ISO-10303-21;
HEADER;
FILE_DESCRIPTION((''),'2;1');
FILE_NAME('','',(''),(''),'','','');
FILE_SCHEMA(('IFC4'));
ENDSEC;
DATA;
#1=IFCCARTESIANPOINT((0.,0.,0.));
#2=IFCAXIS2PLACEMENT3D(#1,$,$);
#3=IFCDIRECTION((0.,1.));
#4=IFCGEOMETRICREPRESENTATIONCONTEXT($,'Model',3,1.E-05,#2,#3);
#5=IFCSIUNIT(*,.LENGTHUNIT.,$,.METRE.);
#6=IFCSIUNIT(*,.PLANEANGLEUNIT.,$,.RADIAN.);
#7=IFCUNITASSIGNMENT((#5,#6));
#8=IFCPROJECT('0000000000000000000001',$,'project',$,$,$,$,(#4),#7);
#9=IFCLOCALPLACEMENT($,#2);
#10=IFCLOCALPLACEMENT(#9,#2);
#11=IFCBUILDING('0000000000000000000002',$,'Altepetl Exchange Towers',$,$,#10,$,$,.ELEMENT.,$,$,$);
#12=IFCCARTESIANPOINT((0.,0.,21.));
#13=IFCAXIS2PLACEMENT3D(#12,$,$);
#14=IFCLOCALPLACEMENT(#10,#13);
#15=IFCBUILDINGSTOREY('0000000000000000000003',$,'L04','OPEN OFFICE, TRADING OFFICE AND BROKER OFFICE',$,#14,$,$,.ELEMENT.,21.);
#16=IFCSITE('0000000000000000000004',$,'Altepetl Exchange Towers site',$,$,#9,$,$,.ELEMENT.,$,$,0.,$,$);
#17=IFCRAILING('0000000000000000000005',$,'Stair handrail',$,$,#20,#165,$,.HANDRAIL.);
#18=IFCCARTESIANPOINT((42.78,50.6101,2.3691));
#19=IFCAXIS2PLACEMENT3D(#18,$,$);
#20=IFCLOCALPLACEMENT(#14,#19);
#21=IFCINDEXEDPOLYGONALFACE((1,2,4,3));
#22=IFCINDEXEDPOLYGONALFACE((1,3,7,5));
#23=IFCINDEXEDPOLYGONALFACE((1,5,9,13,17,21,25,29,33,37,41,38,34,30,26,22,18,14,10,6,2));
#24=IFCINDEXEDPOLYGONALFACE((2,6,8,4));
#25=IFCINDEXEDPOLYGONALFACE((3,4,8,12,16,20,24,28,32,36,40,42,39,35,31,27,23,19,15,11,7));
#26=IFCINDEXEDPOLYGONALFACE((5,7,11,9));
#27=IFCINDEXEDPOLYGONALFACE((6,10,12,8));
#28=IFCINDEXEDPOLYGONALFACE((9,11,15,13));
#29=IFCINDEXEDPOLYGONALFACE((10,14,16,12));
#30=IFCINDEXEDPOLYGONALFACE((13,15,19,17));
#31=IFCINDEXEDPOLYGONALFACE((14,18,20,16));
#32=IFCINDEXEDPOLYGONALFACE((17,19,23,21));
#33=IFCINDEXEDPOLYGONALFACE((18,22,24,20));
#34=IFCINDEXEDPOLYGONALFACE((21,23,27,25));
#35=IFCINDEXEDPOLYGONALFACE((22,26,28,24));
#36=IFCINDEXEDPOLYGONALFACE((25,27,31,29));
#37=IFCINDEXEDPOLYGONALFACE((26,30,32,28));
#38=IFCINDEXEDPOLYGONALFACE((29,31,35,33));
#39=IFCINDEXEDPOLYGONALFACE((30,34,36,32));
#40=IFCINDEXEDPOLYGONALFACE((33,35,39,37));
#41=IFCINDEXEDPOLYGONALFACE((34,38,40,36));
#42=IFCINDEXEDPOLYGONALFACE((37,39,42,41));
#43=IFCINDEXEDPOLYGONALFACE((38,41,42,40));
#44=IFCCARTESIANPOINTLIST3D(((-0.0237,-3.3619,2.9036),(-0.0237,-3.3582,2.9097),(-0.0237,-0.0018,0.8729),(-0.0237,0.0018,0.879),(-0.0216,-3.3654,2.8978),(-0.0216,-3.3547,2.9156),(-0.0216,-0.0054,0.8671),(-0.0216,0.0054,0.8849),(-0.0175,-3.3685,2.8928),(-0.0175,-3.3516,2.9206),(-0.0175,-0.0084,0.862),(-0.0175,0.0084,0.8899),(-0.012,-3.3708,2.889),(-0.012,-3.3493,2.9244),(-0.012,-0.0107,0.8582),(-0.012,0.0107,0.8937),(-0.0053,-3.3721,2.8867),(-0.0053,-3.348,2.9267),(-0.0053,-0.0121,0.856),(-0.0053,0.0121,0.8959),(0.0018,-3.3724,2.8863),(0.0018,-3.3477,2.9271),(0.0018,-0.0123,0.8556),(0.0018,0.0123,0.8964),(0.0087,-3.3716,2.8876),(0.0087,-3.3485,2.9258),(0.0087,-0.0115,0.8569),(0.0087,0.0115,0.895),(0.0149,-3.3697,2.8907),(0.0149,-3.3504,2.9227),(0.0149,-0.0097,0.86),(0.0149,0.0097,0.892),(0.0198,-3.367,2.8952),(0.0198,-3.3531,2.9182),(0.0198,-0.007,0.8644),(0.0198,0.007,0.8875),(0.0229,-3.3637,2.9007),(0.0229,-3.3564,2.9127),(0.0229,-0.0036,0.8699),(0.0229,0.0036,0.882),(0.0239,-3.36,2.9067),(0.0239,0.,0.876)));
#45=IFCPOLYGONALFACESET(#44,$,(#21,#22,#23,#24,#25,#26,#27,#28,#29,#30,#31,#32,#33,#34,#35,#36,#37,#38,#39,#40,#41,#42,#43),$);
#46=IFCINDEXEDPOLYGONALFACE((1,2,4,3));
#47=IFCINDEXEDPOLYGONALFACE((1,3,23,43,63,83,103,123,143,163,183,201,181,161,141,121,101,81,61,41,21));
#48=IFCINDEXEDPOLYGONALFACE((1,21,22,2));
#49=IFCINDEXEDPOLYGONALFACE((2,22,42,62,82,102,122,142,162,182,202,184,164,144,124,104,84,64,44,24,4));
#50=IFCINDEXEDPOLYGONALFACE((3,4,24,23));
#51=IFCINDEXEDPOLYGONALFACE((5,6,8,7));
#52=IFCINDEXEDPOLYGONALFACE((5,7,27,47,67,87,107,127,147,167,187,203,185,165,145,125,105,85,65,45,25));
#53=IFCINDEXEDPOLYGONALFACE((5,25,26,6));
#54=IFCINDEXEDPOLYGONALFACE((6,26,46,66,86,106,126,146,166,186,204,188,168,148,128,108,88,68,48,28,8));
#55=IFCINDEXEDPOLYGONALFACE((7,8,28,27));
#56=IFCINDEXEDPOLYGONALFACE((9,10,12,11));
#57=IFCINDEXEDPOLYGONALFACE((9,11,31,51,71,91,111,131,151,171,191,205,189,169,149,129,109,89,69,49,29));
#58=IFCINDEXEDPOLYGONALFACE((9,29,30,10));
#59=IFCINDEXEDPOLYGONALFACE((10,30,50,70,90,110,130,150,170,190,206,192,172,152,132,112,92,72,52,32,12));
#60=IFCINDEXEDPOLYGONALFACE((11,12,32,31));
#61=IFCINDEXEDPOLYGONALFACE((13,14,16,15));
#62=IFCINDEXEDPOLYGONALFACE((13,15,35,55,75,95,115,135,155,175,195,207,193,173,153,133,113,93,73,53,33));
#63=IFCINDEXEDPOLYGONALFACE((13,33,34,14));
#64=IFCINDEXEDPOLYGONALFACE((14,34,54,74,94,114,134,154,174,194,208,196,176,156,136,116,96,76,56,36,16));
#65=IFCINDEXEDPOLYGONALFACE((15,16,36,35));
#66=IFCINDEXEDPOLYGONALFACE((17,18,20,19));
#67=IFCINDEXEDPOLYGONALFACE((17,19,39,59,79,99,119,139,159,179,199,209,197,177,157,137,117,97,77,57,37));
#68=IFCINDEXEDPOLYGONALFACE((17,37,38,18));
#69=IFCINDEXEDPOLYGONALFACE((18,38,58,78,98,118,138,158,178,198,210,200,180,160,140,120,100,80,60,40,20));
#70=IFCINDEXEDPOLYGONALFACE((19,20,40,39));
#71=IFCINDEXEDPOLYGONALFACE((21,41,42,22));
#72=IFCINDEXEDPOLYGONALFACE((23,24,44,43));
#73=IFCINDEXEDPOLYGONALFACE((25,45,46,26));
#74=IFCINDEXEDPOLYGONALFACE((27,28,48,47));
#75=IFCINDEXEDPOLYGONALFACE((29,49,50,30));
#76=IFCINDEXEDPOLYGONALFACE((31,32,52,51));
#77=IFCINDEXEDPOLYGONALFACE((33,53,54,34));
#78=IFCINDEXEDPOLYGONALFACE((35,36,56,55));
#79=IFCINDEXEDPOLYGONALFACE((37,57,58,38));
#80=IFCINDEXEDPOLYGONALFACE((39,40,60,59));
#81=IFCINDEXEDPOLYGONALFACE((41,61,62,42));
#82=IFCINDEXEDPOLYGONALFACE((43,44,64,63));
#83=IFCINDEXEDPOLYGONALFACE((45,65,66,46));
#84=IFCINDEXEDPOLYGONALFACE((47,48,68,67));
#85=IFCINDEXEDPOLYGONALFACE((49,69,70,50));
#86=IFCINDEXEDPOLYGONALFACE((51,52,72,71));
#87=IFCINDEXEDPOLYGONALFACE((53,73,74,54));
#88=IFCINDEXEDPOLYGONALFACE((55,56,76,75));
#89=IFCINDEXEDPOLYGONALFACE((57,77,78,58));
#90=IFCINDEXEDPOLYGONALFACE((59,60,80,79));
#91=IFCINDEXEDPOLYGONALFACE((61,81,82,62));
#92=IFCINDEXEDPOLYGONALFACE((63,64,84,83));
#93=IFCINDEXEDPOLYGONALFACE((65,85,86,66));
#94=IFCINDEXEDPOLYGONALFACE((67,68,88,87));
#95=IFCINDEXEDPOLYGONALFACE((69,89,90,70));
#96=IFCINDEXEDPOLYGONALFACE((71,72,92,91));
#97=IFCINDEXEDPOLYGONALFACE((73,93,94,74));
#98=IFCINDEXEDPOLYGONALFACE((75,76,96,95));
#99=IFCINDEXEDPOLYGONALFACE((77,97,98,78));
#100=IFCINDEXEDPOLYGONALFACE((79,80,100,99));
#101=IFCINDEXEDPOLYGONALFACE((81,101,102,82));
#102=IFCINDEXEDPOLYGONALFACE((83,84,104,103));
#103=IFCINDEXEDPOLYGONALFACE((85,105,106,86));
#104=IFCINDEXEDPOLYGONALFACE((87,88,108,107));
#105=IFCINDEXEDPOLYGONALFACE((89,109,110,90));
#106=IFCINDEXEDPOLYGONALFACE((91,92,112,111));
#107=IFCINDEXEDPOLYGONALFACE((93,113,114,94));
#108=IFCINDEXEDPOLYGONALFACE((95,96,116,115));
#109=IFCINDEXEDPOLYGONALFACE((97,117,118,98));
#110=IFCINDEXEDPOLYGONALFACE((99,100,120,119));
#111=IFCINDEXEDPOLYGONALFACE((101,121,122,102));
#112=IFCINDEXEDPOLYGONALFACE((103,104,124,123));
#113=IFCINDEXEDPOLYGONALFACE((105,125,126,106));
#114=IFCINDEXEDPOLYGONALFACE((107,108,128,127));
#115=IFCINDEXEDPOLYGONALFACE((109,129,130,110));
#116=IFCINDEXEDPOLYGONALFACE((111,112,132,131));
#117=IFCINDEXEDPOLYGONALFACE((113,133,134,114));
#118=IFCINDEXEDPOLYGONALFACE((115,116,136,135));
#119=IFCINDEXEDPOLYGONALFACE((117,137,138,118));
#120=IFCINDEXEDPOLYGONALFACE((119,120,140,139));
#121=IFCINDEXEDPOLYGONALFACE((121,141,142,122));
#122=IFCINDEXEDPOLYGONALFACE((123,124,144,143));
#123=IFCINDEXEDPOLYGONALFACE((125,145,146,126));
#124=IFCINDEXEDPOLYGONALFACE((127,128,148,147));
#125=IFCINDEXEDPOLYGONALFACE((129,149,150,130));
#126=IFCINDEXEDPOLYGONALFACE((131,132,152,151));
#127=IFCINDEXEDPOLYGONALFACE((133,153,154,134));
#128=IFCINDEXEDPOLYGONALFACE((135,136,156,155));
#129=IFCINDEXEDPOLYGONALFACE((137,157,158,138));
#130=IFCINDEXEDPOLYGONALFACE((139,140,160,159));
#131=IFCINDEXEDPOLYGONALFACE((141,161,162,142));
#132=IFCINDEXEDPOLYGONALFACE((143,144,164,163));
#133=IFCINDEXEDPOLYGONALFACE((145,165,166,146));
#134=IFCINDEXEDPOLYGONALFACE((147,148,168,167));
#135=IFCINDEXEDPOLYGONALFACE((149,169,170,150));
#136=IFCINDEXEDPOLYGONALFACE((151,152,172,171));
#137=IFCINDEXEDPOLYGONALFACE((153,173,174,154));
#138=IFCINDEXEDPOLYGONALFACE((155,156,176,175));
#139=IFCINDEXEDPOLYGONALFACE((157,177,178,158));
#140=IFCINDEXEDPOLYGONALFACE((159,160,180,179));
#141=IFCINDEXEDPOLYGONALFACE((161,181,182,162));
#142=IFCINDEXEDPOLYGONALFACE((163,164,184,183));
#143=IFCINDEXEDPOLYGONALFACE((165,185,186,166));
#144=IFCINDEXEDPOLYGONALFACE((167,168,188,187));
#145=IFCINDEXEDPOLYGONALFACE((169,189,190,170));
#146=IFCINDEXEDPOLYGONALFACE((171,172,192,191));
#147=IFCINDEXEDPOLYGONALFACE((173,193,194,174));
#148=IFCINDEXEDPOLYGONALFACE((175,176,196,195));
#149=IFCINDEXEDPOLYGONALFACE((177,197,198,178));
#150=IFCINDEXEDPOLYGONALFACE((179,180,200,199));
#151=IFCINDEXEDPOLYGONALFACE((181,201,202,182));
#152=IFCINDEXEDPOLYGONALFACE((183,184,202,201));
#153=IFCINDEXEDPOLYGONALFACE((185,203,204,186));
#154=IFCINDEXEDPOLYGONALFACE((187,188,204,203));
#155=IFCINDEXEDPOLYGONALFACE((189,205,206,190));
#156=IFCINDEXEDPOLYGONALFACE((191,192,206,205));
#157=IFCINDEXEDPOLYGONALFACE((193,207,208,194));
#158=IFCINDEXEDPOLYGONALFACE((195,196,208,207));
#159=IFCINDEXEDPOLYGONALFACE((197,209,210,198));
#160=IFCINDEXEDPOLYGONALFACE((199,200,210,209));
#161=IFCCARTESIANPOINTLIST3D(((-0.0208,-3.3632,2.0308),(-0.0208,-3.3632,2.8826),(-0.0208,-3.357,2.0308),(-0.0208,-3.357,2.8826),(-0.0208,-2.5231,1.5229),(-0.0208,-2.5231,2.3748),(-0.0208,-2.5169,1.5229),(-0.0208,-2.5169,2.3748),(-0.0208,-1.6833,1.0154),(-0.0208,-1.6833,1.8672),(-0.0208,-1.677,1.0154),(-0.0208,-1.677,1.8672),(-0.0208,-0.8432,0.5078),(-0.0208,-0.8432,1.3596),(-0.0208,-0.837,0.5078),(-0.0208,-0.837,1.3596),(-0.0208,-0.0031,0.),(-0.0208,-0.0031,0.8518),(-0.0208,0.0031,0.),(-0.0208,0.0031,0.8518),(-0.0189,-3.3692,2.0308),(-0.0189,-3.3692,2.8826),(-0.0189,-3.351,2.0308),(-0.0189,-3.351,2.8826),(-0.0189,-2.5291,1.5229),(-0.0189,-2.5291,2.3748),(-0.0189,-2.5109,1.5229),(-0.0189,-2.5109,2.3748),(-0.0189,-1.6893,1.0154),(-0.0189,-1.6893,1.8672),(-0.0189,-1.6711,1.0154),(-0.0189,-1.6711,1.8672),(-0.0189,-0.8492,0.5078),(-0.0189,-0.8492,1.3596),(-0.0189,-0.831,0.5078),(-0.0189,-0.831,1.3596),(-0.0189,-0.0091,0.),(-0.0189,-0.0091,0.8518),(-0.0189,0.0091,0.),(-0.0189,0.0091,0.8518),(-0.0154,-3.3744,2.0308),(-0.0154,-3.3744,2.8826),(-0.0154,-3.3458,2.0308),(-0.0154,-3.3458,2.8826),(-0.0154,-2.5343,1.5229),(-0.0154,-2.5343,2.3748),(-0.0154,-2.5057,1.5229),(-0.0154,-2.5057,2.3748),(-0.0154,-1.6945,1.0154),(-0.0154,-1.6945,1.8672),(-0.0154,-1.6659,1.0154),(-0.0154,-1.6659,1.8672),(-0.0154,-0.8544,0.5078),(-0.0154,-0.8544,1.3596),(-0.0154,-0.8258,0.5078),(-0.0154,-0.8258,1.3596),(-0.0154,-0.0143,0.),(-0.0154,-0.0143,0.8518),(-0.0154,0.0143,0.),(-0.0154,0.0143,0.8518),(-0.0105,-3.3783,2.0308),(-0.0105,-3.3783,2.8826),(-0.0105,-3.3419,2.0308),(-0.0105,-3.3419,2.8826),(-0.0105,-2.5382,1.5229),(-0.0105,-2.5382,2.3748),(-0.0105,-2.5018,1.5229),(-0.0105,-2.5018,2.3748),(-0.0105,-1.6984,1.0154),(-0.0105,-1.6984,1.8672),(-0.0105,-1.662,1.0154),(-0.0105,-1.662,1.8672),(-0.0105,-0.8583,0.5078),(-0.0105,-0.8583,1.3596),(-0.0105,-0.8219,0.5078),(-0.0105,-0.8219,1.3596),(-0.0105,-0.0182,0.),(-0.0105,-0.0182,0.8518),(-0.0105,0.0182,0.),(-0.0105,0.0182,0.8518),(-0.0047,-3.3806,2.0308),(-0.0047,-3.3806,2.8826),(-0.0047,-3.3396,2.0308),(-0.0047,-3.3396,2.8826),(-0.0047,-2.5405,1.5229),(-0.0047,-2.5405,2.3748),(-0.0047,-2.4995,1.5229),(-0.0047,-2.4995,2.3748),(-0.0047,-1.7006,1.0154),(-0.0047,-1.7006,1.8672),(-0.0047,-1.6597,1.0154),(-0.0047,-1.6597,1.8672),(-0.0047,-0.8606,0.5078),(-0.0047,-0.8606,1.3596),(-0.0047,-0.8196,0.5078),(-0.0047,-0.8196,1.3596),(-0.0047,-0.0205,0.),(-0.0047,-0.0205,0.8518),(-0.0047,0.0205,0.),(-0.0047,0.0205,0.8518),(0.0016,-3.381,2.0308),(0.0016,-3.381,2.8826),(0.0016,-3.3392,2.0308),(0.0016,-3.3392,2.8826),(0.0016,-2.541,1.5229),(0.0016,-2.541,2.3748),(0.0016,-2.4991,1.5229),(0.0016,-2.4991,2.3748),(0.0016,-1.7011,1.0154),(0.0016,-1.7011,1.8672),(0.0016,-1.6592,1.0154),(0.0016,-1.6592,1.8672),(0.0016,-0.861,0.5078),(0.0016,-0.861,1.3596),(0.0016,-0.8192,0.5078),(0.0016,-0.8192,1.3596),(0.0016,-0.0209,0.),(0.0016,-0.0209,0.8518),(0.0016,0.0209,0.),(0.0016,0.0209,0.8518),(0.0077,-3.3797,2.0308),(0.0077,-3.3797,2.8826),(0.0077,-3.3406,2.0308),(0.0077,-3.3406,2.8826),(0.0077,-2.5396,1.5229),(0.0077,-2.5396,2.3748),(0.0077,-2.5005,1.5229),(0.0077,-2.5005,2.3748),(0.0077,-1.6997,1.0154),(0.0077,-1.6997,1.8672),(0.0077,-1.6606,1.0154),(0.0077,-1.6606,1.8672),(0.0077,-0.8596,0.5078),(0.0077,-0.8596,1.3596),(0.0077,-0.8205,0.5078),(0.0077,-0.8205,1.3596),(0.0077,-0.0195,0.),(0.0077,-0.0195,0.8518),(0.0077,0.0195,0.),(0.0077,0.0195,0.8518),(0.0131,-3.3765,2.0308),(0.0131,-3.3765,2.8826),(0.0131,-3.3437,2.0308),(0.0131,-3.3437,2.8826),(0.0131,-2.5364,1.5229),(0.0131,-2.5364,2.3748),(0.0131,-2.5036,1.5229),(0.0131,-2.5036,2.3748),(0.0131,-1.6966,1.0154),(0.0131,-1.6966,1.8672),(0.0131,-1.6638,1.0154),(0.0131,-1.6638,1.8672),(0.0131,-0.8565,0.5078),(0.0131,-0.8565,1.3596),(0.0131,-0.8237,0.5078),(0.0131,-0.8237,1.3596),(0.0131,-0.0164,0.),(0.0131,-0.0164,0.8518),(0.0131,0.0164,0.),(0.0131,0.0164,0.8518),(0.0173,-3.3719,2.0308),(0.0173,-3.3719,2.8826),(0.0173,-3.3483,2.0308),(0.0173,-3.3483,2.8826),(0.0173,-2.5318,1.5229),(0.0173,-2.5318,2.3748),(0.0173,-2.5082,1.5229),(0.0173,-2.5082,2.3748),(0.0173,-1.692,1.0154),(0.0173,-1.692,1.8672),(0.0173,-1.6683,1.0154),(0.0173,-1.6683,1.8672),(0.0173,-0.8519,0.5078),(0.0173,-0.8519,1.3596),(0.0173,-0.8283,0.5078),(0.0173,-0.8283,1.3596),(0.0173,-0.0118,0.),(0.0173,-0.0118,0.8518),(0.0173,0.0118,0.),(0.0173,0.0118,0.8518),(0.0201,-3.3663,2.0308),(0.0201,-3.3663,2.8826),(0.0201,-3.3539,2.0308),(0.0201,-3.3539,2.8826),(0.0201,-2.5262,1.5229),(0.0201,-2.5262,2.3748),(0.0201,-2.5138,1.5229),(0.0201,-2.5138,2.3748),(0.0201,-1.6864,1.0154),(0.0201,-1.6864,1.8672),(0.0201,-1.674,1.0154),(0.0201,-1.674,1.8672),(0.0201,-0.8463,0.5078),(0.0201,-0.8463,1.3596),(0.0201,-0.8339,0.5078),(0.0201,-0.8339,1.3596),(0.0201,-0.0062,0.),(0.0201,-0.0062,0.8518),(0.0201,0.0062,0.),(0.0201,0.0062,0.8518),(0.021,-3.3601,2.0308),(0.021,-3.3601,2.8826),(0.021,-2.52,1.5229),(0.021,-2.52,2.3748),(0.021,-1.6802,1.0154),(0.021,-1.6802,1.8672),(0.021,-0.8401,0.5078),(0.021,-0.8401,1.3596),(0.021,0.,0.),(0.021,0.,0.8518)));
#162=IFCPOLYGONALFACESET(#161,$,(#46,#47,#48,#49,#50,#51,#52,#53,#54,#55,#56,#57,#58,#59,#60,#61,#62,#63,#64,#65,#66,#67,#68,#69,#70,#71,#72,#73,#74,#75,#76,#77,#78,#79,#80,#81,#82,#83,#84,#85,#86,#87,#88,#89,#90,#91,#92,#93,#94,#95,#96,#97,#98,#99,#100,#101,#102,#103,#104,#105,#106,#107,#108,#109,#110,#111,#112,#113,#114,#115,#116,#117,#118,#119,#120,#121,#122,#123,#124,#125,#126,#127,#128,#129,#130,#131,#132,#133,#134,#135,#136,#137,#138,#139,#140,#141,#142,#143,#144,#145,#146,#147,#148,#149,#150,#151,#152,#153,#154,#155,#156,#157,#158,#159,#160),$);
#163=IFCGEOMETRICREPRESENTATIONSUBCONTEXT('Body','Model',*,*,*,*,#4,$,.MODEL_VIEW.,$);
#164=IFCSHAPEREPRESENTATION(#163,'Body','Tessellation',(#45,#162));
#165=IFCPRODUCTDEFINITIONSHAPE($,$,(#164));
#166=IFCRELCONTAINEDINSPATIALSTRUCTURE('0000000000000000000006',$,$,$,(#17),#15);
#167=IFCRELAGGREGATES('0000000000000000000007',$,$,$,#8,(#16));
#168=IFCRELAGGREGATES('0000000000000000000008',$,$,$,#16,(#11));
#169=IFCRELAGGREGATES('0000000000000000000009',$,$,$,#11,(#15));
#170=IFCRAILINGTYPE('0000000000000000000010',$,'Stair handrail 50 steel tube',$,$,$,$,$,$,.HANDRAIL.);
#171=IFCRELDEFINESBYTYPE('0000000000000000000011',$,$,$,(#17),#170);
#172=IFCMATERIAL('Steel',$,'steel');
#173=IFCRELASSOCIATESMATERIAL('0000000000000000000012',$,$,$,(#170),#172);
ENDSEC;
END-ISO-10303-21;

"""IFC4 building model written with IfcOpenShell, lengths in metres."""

from ifc_helpers import new_model, si_unit, direction, frame, origin, origin_2d, place, context, subcontext, project, spatial, circle, extrude, source, transform, mapped, material, type_object, element, save


model = new_model("IFC4")

# Units and contexts
model_context = context("Model", 3, precision=1e-05, world=origin(), true_north=direction((0.0, 1.0)))
body_context = subcontext(model_context, "Body", "Model", "MODEL_VIEW")
ifc_project = project(units=[si_unit("LENGTHUNIT", "METRE"), si_unit("PLANEANGLEUNIT", "RADIAN")], contexts=[model_context])

# Site, building, storey
site_placement = place(None, origin())
site = spatial("IfcSite", under=ifc_project, at=site_placement, Name="Altepetl Exchange Towers site", CompositionType="ELEMENT", RefElevation=0.0)
building_placement = place(site_placement, origin())
building = spatial("IfcBuilding", under=site, at=building_placement, Name="Altepetl Exchange Towers", CompositionType="ELEMENT")
storey_placement = place(building_placement, frame((0.0, 0.0, 21.0)))
storey = spatial("IfcBuildingStorey", under=building, at=storey_placement, Name="L04", Description="OPEN OFFICE, TRADING OFFICE AND BROKER OFFICE", CompositionType="ELEMENT", Elevation=21.0)

# Railing
ifc_material_1 = material(Name="Steel", Category="steel")
railing_type = type_object("IfcRailingType", Name="Stair handrail 50 steel tube", PredefinedType="HANDRAIL", material=ifc_material_1)
shared_shape = source(origin(), body_context, "Body", "SweptSolid", [
    extrude(circle(Radius=0.021, at=origin_2d()), origin(), (0.0, 0.0, 1.0), 0.8518),
])
railing_placement = place(storey_placement, frame((42.78, 50.6101, 2.3691)))
element("IfcRailing", 1, at=railing_placement, inside=storey, type_object=railing_type, Name="Stair handrail", PredefinedType="HANDRAIL", context=body_context, shape_type="SweptSolid", body=[
    extrude(circle(Radius=0.0239, at=origin_2d()), frame((0.0, 0.0, 0.876), z_axis=(0.0, -0.855837, 0.517246), x_axis=(1.0, 0.0, 0.0)), (0.0, 0.0, 1.0), 3.926),
    mapped(shared_shape, transform((0.0, 0.0, 0.0))),
    mapped(shared_shape, transform((0.0, -0.8401, 0.5078))),
    mapped(shared_shape, transform((0.0, -1.6802, 1.0154))),
    mapped(shared_shape, transform((0.0, -2.52, 1.5229))),
    mapped(shared_shape, transform((0.0, -3.3601, 2.0308))),
])

save(model, "model.ifc")
